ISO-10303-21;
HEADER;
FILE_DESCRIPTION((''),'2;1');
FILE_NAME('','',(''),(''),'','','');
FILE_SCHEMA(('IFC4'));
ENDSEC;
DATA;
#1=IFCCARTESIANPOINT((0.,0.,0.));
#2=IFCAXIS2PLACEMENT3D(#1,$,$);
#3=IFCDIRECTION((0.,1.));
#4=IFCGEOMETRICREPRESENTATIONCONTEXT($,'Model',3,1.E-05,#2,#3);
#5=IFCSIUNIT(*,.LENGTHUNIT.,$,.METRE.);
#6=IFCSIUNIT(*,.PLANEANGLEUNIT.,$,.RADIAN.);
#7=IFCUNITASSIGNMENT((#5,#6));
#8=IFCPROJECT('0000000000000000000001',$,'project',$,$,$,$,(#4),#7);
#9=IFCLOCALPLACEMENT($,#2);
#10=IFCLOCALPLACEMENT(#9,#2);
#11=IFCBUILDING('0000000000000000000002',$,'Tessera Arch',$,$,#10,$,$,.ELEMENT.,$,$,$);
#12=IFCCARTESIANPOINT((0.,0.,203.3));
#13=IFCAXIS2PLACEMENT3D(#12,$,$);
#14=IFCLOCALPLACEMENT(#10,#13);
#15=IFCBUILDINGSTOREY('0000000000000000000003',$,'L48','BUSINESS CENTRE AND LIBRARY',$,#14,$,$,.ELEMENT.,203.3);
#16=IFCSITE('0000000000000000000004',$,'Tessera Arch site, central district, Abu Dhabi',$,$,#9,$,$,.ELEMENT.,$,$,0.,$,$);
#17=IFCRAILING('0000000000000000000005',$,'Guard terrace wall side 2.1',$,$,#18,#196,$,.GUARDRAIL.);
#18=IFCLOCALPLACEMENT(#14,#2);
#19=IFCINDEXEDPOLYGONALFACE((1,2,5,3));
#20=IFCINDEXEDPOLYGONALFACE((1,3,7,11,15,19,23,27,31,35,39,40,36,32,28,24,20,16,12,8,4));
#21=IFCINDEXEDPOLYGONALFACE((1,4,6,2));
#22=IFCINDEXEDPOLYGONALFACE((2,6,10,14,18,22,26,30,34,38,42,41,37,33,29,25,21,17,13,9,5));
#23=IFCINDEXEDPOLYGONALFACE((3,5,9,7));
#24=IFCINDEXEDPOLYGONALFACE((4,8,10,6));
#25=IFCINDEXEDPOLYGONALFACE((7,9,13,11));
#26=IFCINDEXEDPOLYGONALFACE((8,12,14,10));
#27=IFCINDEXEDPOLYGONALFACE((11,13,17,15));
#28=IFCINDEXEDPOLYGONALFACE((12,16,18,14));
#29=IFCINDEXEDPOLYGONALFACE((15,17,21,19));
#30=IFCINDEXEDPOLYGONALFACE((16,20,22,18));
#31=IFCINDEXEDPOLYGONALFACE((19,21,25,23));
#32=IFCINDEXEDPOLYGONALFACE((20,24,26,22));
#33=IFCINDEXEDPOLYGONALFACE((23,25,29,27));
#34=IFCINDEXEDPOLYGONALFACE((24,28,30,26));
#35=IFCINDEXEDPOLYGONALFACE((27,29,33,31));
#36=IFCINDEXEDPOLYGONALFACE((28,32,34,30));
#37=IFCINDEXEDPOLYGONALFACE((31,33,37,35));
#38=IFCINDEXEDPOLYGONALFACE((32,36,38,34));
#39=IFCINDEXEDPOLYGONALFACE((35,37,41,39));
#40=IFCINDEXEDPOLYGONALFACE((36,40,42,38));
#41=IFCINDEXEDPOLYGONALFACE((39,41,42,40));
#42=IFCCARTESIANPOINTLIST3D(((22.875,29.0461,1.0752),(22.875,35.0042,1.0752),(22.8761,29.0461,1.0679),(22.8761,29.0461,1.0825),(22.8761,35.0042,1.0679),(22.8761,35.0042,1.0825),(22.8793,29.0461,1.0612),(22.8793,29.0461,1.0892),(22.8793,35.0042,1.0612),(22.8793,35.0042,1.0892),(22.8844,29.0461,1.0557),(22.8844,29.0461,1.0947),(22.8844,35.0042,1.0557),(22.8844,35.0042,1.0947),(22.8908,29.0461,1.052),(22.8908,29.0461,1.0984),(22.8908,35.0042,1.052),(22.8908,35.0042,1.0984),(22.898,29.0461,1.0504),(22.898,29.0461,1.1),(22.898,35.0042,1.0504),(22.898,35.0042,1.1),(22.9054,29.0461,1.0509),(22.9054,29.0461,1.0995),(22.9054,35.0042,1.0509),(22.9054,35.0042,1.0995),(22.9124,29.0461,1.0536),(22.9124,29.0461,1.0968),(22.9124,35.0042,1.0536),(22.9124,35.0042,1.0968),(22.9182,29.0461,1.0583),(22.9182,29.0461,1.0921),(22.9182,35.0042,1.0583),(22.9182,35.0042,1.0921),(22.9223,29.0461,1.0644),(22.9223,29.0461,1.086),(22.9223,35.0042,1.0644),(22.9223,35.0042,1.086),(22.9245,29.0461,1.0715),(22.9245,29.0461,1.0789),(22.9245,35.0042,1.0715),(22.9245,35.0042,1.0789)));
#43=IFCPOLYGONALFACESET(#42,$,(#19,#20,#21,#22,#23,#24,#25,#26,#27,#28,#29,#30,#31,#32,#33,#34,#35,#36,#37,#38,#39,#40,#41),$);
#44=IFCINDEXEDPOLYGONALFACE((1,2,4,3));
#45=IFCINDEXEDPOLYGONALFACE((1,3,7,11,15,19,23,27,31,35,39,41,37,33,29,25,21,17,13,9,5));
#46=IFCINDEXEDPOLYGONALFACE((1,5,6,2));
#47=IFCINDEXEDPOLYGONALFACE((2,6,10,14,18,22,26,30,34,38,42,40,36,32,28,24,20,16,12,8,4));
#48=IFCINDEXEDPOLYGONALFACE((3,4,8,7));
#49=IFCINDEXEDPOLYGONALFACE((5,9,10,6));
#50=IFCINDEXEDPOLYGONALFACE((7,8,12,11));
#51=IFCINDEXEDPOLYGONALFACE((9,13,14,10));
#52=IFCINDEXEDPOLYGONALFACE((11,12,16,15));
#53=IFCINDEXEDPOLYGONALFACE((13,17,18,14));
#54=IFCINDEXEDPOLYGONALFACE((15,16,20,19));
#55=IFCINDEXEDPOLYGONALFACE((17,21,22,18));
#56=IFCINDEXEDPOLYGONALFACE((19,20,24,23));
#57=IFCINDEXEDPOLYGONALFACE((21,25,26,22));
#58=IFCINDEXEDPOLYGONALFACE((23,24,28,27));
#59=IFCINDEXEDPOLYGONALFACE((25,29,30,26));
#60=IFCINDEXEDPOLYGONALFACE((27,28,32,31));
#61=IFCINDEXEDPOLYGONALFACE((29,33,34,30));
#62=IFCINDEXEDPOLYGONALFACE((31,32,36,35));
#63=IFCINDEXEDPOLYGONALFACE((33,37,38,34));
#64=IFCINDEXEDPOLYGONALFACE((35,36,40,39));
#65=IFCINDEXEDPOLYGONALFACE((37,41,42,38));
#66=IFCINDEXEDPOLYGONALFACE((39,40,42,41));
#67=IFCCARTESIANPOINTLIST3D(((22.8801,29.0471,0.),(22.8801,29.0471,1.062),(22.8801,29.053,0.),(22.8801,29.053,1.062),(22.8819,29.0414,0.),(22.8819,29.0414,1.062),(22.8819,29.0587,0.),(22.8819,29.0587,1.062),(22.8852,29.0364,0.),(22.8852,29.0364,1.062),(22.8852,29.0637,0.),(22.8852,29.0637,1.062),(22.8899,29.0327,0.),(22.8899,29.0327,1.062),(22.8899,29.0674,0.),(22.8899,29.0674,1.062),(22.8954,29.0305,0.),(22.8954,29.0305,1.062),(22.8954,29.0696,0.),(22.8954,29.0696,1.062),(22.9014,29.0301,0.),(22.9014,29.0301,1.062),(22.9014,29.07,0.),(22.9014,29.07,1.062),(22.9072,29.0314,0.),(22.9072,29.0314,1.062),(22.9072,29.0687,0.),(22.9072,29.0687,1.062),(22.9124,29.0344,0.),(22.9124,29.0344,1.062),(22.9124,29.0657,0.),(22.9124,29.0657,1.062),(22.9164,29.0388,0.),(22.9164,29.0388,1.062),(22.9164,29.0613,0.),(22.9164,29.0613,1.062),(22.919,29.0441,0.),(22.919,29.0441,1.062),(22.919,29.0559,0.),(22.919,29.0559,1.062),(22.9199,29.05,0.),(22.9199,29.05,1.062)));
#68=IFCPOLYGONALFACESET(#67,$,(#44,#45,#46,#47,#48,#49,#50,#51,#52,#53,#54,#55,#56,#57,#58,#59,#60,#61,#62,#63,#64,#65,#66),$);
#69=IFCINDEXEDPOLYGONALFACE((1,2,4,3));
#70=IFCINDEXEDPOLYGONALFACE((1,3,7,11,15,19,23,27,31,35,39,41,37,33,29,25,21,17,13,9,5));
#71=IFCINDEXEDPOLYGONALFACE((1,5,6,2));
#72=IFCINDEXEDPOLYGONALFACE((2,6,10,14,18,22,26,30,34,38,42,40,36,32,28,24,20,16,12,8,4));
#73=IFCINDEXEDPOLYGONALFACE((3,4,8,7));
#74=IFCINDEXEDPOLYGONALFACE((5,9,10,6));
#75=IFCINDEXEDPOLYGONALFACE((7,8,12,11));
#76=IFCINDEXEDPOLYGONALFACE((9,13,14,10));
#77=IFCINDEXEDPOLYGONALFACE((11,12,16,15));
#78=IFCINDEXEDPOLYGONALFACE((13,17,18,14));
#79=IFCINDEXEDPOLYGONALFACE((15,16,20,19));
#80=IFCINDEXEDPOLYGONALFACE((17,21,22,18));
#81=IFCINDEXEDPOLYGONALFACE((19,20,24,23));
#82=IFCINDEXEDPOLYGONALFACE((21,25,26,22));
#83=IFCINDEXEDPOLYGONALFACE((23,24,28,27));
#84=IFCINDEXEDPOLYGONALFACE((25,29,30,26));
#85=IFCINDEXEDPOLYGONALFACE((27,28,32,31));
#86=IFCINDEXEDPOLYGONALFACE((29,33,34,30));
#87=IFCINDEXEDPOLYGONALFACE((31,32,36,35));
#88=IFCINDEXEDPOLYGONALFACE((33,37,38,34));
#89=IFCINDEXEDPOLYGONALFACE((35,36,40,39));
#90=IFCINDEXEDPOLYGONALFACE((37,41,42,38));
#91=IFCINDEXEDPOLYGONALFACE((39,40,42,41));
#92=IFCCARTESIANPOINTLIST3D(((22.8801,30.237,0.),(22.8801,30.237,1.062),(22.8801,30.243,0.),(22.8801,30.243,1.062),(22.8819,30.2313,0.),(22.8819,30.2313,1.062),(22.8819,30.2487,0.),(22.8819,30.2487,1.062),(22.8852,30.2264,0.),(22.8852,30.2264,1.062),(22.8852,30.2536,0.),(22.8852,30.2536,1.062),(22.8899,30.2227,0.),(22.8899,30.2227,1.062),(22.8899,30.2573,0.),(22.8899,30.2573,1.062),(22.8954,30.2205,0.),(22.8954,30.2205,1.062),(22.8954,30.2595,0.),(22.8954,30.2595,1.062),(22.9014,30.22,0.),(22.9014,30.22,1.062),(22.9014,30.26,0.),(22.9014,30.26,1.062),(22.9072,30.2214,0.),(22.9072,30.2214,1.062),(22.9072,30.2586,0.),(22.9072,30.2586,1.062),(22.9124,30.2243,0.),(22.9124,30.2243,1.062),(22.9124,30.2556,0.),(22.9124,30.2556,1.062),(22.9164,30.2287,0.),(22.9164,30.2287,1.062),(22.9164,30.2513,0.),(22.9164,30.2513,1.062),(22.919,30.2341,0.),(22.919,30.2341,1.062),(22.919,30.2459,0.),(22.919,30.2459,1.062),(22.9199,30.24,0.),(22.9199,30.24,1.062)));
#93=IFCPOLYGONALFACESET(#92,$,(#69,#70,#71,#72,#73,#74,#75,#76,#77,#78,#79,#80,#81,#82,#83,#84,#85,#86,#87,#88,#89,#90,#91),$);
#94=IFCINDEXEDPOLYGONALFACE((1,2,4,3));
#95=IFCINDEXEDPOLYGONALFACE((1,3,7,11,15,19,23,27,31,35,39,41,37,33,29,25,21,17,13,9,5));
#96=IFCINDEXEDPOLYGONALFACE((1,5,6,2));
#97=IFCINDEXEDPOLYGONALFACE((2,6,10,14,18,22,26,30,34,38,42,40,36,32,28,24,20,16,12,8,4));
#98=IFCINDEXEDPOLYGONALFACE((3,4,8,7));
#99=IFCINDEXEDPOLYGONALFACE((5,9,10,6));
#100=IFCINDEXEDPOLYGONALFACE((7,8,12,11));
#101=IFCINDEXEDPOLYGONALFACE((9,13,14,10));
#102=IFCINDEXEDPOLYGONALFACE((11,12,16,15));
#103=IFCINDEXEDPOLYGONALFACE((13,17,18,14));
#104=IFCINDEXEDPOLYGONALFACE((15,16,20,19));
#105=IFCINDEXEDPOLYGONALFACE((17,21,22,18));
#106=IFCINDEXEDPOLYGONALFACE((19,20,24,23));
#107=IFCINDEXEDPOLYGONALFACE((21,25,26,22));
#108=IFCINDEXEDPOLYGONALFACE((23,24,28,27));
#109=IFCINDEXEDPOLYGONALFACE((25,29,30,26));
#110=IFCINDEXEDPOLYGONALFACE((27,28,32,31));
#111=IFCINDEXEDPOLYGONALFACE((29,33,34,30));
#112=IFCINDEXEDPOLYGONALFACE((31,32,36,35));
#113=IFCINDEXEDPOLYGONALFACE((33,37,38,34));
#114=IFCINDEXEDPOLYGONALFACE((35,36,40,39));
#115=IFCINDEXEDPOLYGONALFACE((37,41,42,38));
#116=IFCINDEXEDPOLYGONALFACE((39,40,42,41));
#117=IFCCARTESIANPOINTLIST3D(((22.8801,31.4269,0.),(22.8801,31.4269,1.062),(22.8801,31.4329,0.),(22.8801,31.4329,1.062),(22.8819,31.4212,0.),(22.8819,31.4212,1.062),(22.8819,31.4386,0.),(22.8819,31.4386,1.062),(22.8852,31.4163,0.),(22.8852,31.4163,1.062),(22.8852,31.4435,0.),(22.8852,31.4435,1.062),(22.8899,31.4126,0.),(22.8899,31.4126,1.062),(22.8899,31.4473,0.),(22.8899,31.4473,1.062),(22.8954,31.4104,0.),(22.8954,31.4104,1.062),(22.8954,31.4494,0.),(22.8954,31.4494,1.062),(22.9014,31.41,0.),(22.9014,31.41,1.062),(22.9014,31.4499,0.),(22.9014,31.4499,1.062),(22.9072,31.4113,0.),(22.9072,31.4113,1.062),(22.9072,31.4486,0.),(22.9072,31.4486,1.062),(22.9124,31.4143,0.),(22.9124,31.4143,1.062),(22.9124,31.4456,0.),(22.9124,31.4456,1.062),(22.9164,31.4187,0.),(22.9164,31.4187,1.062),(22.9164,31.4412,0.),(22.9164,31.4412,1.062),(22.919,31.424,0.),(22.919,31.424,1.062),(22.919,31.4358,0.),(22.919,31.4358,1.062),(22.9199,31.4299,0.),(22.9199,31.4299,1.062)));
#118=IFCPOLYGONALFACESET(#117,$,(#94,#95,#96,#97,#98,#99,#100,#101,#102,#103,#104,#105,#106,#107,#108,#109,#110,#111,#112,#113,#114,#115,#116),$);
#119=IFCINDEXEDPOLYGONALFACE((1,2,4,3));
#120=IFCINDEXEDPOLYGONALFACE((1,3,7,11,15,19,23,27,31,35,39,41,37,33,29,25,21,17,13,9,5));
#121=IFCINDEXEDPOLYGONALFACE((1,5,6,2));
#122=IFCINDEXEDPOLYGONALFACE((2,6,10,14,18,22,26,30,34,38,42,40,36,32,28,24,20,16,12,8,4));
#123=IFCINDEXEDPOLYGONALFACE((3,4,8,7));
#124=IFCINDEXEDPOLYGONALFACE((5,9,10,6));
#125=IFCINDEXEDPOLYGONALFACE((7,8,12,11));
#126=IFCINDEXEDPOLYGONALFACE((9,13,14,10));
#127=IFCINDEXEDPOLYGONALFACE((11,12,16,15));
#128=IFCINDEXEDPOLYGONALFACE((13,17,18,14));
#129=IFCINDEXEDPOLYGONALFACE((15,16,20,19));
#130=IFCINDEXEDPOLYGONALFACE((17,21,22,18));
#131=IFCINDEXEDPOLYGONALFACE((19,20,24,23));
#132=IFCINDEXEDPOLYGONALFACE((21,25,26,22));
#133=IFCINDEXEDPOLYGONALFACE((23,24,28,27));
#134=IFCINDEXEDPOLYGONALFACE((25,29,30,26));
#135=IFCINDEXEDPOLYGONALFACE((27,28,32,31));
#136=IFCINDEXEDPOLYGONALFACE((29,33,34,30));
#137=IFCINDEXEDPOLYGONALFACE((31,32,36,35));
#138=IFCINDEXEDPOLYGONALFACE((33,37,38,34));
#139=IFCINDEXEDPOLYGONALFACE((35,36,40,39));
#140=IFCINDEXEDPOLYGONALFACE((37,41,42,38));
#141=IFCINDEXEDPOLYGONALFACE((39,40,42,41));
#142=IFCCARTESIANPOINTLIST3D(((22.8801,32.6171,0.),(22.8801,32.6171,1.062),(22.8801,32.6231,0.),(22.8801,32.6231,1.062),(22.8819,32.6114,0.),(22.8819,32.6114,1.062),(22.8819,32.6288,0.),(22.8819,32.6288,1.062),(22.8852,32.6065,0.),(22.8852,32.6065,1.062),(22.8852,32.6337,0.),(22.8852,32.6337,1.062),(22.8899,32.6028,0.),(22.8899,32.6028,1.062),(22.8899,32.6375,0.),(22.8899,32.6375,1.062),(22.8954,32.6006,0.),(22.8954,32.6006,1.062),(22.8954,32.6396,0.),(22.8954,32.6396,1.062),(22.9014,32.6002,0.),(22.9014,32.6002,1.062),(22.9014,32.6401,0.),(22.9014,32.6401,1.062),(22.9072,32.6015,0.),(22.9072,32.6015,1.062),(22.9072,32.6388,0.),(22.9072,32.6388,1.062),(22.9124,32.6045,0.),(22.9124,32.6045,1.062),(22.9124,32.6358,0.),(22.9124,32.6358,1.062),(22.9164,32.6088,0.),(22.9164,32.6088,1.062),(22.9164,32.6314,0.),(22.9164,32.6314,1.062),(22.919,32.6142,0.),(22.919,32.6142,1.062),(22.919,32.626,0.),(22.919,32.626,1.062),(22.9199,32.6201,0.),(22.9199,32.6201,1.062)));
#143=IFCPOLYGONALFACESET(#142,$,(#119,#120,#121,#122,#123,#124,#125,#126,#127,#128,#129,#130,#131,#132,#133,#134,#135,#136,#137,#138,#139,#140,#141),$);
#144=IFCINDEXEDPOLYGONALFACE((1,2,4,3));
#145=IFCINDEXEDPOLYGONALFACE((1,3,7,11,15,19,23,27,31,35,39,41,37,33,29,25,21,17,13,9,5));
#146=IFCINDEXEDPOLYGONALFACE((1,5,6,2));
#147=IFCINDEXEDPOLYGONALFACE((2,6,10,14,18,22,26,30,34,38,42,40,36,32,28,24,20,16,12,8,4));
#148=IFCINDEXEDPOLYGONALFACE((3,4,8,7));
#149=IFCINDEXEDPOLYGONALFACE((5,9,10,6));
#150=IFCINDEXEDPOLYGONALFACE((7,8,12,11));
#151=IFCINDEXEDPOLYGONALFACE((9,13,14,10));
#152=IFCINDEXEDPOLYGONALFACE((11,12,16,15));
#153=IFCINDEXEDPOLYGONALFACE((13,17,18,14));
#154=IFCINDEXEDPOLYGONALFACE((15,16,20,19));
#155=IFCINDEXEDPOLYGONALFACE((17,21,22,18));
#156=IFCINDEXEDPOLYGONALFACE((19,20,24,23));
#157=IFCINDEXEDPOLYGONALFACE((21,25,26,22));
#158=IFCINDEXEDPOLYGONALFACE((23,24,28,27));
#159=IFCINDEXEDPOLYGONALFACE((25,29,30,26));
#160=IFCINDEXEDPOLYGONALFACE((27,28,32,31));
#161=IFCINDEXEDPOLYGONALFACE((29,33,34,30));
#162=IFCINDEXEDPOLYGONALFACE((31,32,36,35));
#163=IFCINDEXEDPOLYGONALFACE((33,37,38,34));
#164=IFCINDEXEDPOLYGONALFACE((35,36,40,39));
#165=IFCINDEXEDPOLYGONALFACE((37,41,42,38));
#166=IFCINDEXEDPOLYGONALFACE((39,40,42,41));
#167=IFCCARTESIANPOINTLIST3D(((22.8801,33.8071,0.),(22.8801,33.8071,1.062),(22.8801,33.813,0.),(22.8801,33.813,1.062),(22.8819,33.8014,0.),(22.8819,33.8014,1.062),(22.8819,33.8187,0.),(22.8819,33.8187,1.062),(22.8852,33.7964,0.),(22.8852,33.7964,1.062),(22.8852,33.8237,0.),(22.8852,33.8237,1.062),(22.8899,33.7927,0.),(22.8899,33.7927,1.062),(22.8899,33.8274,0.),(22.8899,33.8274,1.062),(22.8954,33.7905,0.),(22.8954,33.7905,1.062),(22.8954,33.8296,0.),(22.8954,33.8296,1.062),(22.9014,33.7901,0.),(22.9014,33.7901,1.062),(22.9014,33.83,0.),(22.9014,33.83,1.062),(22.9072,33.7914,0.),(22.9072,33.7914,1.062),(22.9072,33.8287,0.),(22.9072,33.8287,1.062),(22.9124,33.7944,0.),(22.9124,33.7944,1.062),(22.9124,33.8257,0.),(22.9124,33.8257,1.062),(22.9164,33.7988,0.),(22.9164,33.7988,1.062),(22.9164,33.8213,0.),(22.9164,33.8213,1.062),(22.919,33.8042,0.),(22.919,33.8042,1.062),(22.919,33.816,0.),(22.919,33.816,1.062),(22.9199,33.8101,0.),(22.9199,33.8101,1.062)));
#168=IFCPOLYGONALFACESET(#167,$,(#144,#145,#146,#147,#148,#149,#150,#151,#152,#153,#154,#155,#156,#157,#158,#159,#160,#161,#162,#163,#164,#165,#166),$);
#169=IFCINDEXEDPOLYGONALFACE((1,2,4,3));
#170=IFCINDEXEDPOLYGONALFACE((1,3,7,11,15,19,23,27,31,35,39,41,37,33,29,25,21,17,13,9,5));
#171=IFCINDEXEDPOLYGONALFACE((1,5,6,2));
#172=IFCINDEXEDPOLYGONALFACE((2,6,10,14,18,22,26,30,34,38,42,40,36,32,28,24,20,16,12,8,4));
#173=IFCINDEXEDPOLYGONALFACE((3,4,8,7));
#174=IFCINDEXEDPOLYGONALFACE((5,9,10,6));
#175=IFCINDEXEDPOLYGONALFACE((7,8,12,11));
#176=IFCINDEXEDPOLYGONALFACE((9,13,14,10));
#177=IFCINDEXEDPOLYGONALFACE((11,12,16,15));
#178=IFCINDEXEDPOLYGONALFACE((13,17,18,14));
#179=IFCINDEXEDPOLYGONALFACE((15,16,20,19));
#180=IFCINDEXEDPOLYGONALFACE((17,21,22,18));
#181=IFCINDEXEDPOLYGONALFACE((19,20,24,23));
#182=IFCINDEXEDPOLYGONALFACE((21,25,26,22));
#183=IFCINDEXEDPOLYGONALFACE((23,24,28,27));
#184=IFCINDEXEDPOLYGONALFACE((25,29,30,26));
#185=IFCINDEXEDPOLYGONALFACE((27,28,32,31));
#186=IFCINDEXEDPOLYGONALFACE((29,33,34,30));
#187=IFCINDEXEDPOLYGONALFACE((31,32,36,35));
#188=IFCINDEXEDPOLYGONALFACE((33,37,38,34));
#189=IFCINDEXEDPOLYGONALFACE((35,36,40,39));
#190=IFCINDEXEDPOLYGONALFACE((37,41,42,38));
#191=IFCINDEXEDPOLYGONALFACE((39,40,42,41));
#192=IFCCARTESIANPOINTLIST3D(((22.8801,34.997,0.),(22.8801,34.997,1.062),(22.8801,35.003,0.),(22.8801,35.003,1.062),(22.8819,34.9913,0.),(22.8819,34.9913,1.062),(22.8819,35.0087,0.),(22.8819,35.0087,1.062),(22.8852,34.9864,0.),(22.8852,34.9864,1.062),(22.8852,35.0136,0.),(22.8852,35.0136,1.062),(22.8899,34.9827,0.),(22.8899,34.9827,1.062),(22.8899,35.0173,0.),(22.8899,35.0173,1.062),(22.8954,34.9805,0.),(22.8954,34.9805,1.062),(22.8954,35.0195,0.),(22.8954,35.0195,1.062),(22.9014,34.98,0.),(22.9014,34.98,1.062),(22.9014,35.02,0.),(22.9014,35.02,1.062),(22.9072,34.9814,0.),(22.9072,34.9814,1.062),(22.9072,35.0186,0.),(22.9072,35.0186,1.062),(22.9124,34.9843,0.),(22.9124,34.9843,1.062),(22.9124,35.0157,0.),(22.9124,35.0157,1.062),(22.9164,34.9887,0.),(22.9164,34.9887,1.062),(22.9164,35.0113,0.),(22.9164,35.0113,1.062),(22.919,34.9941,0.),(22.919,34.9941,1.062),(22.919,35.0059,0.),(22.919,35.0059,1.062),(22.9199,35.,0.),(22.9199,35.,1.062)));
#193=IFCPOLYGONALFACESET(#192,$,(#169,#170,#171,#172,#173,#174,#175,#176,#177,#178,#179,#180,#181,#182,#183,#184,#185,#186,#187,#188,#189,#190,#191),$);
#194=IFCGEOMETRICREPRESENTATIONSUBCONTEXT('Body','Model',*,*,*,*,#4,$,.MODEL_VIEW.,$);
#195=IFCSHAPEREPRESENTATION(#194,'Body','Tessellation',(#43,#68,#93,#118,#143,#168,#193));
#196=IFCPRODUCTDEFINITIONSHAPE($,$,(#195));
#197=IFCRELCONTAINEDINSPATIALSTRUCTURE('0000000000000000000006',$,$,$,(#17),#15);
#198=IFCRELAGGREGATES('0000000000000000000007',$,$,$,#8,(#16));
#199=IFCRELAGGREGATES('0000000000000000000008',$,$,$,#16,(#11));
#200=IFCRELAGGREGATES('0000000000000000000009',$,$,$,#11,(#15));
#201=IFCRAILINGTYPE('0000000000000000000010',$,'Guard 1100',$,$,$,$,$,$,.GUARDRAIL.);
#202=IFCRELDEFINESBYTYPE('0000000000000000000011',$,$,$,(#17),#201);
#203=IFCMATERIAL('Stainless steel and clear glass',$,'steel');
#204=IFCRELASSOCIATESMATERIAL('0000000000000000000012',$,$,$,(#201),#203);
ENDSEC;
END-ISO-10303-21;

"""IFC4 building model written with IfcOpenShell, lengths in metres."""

from ifc_helpers import new_model, si_unit, direction, frame, origin, origin_2d, place, context, subcontext, project, spatial, circle, extrude, material, type_object, element, save


model = new_model("IFC4")

# Units and contexts
model_context = context("Model", 3, precision=1e-05, world=origin(), true_north=direction((0.0, 1.0)))
body_context = subcontext(model_context, "Body", "Model", "MODEL_VIEW")
ifc_project = project(units=[si_unit("LENGTHUNIT", "METRE"), si_unit("PLANEANGLEUNIT", "RADIAN")], contexts=[model_context])

# Site, building, storey
site_placement = place(None, origin())
site = spatial("IfcSite", under=ifc_project, at=site_placement, Name="Tessera Arch site, central district, Abu Dhabi", CompositionType="ELEMENT", RefElevation=0.0)
building_placement = place(site_placement, origin())
building = spatial("IfcBuilding", under=site, at=building_placement, Name="Tessera Arch", CompositionType="ELEMENT")
storey_placement = place(building_placement, frame((0.0, 0.0, 203.3)))
storey = spatial("IfcBuildingStorey", under=building, at=storey_placement, Name="L48", Description="BUSINESS CENTRE AND LIBRARY", CompositionType="ELEMENT", Elevation=203.3)

# Railing
ifc_material_1 = material(Name="Stainless steel and clear glass", Category="steel")
railing_type = type_object("IfcRailingType", Name="Guard 1100", PredefinedType="GUARDRAIL", material=ifc_material_1)
railing_1_placement = place(storey_placement, frame((22.8999, 29.05, 0.0)))
element("IfcRailing", 1, at=railing_1_placement, inside=storey, type_object=railing_type, Name="Guard terrace wall side 2.1", PredefinedType="GUARDRAIL", context=body_context, shape_type="SweptSolid", body=[
    extrude(circle(Radius=0.0249, at=origin_2d()), frame((0.0, -0.0039, 1.0752), z_axis=(0.0, 1.0, 0.0), x_axis=(-1.0, 0.0, 0.0)), (0.0, 0.0, 1.0), 5.958),
    extrude(circle(Radius=0.02, at=origin_2d()), origin(), (0.0, 0.0, 1.0), 1.062),
    extrude(circle(Radius=0.02, at=origin_2d()), frame((0.0, 1.1899, 0.0)), (0.0, 0.0, 1.0), 1.062),
    extrude(circle(Radius=0.02, at=origin_2d()), frame((0.0, 2.3799, 0.0)), (0.0, 0.0, 1.0), 1.062),
    extrude(circle(Radius=0.02, at=origin_2d()), frame((0.0, 3.5701, 0.0)), (0.0, 0.0, 1.0), 1.062),
    extrude(circle(Radius=0.02, at=origin_2d()), frame((0.0, 4.76, 0.0)), (0.0, 0.0, 1.0), 1.062),
    extrude(circle(Radius=0.02, at=origin_2d()), frame((0.0, 5.95, 0.0)), (0.0, 0.0, 1.0), 1.062),
])

save(model, "model.ifc")
